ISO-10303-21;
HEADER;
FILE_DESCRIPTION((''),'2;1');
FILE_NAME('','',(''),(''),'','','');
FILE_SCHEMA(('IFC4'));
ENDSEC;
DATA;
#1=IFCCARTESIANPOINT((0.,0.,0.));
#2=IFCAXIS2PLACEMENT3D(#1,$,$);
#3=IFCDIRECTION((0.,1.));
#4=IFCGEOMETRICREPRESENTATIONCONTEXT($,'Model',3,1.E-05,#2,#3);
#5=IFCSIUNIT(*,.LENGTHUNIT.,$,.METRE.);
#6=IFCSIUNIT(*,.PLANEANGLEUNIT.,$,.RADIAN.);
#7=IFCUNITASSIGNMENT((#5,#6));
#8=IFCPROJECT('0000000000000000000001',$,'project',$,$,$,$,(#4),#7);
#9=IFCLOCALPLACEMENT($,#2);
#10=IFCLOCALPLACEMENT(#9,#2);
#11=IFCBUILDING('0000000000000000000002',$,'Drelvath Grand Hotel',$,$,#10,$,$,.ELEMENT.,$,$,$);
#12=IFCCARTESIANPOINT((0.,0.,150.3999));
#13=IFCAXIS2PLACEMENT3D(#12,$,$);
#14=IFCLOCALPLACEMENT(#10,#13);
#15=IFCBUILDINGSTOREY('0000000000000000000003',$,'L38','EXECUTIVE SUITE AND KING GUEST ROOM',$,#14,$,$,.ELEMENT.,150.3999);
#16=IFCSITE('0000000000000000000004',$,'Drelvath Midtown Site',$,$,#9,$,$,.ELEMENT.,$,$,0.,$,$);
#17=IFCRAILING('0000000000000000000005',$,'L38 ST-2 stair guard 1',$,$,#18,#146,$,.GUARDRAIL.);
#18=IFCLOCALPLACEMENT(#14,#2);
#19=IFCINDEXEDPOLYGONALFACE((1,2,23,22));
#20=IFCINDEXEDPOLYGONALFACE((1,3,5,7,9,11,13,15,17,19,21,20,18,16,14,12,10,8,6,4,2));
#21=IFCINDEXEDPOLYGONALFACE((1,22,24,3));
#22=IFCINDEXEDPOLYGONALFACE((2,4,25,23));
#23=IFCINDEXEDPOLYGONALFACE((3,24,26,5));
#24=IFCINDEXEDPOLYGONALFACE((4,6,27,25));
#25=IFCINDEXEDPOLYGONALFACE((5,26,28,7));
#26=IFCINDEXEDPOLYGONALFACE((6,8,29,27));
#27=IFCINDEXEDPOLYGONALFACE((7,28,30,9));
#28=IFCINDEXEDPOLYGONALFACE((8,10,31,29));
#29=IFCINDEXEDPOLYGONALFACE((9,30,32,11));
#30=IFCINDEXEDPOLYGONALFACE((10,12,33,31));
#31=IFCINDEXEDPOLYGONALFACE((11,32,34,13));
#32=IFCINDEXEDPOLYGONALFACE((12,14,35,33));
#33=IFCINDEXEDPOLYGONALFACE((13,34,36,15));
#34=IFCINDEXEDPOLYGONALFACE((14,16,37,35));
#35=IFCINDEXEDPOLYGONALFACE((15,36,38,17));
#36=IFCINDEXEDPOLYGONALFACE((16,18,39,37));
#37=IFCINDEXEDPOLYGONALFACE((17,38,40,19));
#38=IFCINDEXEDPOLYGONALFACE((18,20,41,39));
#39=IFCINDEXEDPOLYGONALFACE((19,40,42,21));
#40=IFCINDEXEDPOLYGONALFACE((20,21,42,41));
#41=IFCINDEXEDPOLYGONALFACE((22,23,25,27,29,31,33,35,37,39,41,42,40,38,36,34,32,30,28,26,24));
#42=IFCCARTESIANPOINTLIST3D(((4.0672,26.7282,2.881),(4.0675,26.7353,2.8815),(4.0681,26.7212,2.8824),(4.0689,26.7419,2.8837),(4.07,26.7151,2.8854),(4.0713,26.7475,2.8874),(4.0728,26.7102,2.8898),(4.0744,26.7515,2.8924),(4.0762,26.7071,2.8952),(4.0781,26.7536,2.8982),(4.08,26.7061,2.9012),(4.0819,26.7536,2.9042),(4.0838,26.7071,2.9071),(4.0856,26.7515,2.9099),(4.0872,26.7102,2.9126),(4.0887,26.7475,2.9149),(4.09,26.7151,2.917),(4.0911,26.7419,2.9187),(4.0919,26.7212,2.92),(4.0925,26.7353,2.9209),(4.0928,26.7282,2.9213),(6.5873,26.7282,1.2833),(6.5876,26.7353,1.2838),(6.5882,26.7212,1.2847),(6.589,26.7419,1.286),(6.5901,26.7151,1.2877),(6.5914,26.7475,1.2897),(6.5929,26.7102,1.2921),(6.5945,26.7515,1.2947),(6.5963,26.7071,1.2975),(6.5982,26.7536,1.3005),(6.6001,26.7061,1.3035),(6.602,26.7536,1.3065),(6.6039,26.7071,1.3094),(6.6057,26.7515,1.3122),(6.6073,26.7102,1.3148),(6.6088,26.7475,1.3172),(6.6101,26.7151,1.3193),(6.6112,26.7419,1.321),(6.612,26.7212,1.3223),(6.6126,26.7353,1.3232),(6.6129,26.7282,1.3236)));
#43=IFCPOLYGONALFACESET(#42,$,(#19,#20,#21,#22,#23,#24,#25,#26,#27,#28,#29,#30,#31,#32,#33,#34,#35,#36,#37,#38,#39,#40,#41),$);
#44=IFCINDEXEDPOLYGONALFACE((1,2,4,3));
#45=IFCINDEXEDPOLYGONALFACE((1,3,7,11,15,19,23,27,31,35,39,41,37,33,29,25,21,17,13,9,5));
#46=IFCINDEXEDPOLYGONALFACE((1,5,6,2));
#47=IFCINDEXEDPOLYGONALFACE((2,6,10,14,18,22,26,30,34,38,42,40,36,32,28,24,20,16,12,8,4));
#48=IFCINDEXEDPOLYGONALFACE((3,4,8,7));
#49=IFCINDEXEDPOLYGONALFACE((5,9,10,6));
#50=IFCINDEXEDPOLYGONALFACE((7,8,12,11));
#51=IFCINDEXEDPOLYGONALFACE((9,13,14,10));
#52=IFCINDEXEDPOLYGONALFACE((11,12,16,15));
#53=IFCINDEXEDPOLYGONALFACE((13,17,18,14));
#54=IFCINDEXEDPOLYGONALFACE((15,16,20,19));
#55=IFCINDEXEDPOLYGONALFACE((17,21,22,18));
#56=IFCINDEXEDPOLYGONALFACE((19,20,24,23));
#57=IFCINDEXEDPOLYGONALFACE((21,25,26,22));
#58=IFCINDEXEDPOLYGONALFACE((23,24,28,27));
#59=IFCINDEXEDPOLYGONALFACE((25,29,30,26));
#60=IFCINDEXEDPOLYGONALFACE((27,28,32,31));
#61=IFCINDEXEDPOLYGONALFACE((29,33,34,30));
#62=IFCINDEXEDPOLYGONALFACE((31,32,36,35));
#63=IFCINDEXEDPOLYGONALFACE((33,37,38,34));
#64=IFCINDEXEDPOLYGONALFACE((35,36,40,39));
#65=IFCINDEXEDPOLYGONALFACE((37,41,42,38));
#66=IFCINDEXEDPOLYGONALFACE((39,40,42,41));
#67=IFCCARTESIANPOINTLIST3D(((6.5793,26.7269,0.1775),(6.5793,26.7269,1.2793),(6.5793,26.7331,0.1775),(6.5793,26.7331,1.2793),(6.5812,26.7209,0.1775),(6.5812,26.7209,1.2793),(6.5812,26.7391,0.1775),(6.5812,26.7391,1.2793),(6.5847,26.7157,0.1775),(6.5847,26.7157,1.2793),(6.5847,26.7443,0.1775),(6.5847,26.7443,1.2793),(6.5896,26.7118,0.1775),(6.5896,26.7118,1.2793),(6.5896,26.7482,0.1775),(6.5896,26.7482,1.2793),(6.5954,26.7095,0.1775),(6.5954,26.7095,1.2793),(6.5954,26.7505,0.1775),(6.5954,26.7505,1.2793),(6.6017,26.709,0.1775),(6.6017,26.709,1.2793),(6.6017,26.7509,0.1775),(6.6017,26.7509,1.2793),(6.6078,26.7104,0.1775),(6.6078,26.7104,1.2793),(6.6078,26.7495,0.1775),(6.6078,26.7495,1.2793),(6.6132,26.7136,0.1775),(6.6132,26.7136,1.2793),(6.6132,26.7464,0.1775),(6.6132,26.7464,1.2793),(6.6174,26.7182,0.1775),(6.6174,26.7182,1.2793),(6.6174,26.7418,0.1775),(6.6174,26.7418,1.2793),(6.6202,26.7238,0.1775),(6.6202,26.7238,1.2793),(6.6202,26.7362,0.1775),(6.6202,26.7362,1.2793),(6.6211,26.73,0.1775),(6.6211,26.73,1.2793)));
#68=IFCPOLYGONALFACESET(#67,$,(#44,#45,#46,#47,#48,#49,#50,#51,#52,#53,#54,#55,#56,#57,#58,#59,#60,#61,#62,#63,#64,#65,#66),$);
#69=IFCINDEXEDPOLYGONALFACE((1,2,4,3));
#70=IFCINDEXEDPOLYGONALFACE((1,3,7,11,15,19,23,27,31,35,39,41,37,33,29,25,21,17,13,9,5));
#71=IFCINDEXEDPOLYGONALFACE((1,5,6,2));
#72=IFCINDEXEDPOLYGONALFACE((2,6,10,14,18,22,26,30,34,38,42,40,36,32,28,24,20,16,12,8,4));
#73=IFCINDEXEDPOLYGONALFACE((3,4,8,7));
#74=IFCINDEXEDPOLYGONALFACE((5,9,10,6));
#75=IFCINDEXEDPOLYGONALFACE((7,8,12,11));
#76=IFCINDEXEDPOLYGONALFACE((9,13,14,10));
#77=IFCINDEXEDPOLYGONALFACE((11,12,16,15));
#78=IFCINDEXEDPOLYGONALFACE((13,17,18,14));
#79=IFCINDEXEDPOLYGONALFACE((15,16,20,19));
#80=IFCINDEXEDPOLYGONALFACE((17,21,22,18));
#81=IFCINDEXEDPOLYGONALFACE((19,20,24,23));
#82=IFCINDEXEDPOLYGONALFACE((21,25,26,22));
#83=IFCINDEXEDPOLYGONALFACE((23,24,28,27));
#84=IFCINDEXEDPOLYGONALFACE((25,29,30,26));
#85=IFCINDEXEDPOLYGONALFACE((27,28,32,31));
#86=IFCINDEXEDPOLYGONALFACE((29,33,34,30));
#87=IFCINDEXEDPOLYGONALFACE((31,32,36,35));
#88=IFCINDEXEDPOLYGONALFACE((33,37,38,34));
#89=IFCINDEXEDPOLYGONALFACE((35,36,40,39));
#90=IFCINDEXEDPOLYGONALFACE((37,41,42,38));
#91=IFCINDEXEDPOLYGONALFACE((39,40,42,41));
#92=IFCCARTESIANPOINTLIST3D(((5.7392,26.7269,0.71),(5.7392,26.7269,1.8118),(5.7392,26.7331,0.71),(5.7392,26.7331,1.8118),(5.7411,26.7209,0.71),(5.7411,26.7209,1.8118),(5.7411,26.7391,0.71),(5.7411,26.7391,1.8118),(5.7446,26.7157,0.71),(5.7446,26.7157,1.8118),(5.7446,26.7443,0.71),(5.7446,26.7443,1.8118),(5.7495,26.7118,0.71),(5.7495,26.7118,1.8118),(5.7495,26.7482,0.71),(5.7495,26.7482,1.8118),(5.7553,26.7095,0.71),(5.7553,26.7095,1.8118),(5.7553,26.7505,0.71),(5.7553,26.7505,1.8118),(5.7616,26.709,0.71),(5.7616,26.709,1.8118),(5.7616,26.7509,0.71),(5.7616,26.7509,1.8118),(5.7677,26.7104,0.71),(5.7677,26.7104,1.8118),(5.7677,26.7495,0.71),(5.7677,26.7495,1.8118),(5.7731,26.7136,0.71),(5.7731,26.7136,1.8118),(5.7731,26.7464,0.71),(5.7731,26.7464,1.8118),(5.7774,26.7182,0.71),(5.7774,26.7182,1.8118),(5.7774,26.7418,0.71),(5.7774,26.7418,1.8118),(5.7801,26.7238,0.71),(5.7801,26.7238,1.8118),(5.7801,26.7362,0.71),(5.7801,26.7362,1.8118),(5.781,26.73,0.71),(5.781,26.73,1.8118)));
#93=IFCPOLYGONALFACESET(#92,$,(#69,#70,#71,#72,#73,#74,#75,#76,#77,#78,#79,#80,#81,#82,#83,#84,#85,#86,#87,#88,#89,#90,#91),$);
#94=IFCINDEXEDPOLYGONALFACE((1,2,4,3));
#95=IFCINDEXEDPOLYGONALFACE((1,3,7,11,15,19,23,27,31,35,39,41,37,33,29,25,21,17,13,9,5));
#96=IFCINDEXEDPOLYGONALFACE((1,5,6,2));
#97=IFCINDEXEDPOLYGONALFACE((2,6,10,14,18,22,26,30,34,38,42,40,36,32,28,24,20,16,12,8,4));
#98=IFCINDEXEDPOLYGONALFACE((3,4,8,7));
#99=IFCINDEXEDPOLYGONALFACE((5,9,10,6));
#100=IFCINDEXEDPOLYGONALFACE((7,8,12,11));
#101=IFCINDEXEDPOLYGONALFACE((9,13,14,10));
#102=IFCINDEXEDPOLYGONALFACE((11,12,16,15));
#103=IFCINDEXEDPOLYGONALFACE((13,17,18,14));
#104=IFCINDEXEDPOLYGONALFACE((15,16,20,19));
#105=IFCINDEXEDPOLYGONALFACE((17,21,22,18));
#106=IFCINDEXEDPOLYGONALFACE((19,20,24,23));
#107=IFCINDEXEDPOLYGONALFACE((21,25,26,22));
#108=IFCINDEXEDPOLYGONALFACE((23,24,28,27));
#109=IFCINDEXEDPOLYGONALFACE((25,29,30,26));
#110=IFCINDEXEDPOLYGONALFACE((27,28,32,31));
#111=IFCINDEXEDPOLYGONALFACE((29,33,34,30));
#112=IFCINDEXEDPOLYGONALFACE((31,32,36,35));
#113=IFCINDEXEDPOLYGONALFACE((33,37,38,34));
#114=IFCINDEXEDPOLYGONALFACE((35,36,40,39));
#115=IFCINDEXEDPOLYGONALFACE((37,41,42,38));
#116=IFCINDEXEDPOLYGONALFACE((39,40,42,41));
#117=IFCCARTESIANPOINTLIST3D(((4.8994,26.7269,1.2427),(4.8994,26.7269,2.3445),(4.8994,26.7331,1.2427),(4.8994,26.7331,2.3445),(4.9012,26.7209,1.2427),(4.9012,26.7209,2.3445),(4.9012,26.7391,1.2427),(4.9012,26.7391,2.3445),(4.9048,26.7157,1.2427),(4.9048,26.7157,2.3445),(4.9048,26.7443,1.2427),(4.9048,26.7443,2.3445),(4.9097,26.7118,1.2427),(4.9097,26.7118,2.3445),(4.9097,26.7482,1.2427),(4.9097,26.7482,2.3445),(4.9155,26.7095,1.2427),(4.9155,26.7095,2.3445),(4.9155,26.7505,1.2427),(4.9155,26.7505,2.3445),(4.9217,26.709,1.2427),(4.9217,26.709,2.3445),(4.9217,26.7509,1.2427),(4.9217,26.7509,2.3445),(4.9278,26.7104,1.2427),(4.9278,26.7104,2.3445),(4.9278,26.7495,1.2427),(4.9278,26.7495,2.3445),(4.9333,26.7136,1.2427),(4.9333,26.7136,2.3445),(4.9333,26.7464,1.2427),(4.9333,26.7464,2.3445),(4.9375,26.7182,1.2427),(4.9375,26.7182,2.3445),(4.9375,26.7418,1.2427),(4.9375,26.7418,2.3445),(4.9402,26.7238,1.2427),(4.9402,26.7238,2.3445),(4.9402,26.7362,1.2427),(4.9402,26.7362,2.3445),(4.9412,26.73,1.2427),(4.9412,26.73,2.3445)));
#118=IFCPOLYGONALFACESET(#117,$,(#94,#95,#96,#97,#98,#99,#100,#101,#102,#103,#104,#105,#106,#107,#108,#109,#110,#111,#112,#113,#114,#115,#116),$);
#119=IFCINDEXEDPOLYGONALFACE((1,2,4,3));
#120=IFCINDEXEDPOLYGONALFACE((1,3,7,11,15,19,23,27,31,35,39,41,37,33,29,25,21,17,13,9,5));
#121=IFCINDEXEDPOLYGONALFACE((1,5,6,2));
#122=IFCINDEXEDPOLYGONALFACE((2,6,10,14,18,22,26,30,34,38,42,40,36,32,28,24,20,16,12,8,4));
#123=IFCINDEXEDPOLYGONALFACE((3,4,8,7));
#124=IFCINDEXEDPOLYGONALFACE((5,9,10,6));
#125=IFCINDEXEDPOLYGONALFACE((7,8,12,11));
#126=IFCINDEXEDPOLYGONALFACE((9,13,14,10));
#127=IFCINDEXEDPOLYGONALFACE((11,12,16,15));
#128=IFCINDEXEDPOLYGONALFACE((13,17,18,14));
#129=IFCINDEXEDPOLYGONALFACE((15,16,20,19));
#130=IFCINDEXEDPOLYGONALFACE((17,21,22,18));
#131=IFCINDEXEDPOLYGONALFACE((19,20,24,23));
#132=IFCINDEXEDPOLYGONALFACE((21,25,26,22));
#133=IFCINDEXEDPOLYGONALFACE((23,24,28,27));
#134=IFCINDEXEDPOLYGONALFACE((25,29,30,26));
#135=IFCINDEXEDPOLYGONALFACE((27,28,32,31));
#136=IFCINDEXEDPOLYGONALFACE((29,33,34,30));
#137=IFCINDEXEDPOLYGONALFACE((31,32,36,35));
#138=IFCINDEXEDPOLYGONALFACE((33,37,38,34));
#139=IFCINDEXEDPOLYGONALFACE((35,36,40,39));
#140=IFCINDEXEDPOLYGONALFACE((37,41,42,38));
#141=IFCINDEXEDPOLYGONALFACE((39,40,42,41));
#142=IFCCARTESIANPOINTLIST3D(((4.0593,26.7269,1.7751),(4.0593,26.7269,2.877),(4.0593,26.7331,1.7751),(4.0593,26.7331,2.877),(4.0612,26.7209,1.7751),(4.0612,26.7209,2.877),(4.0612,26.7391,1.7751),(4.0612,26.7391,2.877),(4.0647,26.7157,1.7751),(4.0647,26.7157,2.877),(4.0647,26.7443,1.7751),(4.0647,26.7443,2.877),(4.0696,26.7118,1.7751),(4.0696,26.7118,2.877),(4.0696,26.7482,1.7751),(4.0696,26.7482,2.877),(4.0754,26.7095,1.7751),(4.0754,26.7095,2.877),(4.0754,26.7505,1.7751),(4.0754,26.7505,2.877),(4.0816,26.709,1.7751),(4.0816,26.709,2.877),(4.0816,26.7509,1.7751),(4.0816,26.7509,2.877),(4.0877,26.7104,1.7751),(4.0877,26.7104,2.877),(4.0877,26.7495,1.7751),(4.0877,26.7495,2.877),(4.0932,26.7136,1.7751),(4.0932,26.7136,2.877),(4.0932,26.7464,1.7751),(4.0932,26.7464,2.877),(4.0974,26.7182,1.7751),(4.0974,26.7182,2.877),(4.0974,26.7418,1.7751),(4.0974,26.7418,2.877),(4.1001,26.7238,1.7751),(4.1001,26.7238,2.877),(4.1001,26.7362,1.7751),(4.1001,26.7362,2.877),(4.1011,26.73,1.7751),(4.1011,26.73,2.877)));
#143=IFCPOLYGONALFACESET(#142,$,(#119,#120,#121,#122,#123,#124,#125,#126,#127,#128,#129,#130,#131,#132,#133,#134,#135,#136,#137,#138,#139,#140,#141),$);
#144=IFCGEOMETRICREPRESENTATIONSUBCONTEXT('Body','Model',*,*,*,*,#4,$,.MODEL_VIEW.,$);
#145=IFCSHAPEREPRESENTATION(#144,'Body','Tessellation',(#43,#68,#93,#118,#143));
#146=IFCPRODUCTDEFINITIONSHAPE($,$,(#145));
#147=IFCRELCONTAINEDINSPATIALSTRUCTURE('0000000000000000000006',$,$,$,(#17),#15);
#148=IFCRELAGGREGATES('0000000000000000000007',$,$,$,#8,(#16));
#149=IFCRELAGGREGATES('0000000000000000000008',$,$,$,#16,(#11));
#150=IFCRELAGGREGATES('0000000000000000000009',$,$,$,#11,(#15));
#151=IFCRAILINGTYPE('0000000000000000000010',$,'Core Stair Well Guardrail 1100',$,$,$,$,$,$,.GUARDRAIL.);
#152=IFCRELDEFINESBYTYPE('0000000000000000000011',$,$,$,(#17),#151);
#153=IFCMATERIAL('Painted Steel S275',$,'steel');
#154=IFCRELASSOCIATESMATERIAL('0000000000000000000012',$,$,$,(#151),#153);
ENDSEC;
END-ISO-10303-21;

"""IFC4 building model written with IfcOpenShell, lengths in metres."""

from ifc_helpers import new_model, si_unit, direction, frame, origin, origin_2d, place, context, subcontext, project, spatial, circle, extrude, material, type_object, element, save


model = new_model("IFC4")

# Units and contexts
model_context = context("Model", 3, precision=1e-05, world=origin(), true_north=direction((0.0, 1.0)))
body_context = subcontext(model_context, "Body", "Model", "MODEL_VIEW")
ifc_project = project(units=[si_unit("LENGTHUNIT", "METRE"), si_unit("PLANEANGLEUNIT", "RADIAN")], contexts=[model_context])

# Site, building, storey
site_placement = place(None, origin())
site = spatial("IfcSite", under=ifc_project, at=site_placement, Name="Drelvath Midtown Site", CompositionType="ELEMENT", RefElevation=0.0)
building_placement = place(site_placement, origin())
building = spatial("IfcBuilding", under=site, at=building_placement, Name="Drelvath Grand Hotel", CompositionType="ELEMENT")
storey_placement = place(building_placement, frame((0.0, 0.0, 150.3999)))
storey = spatial("IfcBuildingStorey", under=building, at=storey_placement, Name="L38", Description="EXECUTIVE SUITE AND KING GUEST ROOM", CompositionType="ELEMENT", Elevation=150.3999)

# Railing
ifc_material_1 = material(Name="Painted Steel S275", Category="steel")
railing_type_1 = type_object("IfcRailingType", Name="Core Stair Well Guardrail 1100", PredefinedType="GUARDRAIL", material=ifc_material_1)
railing_1_placement = place(storey_placement, frame((6.6001, 26.73, 0.1775)))
element("IfcRailing", 1, at=railing_1_placement, inside=storey, type_object=railing_type_1, Name="L38 ST-2 stair guard 1", PredefinedType="GUARDRAIL", context=body_context, shape_type="SweptSolid", body=[
    extrude(circle(Radius=0.0239, at=origin_2d()), frame((0.0, 0.0, 1.126), z_axis=(-0.84457, 0.0, 0.535445), x_axis=(0.0, -1.0, 0.0)), (0.0, 0.0, 1.0), 2.9839),
    extrude(circle(Radius=0.021, at=origin_2d()), origin(), (0.0, 0.0, 1.0), 1.1018),
    extrude(circle(Radius=0.021, at=origin_2d()), frame((-0.8401, 0.0, 0.5325)), (0.0, 0.0, 1.0), 1.1018),
    extrude(circle(Radius=0.021, at=origin_2d()), frame((-1.6799, 0.0, 1.0652)), (0.0, 0.0, 1.0), 1.1018),
    extrude(circle(Radius=0.021, at=origin_2d()), frame((-2.52, 0.0, 1.5977)), (0.0, 0.0, 1.0), 1.1018),
])

save(model, "model.ifc")
